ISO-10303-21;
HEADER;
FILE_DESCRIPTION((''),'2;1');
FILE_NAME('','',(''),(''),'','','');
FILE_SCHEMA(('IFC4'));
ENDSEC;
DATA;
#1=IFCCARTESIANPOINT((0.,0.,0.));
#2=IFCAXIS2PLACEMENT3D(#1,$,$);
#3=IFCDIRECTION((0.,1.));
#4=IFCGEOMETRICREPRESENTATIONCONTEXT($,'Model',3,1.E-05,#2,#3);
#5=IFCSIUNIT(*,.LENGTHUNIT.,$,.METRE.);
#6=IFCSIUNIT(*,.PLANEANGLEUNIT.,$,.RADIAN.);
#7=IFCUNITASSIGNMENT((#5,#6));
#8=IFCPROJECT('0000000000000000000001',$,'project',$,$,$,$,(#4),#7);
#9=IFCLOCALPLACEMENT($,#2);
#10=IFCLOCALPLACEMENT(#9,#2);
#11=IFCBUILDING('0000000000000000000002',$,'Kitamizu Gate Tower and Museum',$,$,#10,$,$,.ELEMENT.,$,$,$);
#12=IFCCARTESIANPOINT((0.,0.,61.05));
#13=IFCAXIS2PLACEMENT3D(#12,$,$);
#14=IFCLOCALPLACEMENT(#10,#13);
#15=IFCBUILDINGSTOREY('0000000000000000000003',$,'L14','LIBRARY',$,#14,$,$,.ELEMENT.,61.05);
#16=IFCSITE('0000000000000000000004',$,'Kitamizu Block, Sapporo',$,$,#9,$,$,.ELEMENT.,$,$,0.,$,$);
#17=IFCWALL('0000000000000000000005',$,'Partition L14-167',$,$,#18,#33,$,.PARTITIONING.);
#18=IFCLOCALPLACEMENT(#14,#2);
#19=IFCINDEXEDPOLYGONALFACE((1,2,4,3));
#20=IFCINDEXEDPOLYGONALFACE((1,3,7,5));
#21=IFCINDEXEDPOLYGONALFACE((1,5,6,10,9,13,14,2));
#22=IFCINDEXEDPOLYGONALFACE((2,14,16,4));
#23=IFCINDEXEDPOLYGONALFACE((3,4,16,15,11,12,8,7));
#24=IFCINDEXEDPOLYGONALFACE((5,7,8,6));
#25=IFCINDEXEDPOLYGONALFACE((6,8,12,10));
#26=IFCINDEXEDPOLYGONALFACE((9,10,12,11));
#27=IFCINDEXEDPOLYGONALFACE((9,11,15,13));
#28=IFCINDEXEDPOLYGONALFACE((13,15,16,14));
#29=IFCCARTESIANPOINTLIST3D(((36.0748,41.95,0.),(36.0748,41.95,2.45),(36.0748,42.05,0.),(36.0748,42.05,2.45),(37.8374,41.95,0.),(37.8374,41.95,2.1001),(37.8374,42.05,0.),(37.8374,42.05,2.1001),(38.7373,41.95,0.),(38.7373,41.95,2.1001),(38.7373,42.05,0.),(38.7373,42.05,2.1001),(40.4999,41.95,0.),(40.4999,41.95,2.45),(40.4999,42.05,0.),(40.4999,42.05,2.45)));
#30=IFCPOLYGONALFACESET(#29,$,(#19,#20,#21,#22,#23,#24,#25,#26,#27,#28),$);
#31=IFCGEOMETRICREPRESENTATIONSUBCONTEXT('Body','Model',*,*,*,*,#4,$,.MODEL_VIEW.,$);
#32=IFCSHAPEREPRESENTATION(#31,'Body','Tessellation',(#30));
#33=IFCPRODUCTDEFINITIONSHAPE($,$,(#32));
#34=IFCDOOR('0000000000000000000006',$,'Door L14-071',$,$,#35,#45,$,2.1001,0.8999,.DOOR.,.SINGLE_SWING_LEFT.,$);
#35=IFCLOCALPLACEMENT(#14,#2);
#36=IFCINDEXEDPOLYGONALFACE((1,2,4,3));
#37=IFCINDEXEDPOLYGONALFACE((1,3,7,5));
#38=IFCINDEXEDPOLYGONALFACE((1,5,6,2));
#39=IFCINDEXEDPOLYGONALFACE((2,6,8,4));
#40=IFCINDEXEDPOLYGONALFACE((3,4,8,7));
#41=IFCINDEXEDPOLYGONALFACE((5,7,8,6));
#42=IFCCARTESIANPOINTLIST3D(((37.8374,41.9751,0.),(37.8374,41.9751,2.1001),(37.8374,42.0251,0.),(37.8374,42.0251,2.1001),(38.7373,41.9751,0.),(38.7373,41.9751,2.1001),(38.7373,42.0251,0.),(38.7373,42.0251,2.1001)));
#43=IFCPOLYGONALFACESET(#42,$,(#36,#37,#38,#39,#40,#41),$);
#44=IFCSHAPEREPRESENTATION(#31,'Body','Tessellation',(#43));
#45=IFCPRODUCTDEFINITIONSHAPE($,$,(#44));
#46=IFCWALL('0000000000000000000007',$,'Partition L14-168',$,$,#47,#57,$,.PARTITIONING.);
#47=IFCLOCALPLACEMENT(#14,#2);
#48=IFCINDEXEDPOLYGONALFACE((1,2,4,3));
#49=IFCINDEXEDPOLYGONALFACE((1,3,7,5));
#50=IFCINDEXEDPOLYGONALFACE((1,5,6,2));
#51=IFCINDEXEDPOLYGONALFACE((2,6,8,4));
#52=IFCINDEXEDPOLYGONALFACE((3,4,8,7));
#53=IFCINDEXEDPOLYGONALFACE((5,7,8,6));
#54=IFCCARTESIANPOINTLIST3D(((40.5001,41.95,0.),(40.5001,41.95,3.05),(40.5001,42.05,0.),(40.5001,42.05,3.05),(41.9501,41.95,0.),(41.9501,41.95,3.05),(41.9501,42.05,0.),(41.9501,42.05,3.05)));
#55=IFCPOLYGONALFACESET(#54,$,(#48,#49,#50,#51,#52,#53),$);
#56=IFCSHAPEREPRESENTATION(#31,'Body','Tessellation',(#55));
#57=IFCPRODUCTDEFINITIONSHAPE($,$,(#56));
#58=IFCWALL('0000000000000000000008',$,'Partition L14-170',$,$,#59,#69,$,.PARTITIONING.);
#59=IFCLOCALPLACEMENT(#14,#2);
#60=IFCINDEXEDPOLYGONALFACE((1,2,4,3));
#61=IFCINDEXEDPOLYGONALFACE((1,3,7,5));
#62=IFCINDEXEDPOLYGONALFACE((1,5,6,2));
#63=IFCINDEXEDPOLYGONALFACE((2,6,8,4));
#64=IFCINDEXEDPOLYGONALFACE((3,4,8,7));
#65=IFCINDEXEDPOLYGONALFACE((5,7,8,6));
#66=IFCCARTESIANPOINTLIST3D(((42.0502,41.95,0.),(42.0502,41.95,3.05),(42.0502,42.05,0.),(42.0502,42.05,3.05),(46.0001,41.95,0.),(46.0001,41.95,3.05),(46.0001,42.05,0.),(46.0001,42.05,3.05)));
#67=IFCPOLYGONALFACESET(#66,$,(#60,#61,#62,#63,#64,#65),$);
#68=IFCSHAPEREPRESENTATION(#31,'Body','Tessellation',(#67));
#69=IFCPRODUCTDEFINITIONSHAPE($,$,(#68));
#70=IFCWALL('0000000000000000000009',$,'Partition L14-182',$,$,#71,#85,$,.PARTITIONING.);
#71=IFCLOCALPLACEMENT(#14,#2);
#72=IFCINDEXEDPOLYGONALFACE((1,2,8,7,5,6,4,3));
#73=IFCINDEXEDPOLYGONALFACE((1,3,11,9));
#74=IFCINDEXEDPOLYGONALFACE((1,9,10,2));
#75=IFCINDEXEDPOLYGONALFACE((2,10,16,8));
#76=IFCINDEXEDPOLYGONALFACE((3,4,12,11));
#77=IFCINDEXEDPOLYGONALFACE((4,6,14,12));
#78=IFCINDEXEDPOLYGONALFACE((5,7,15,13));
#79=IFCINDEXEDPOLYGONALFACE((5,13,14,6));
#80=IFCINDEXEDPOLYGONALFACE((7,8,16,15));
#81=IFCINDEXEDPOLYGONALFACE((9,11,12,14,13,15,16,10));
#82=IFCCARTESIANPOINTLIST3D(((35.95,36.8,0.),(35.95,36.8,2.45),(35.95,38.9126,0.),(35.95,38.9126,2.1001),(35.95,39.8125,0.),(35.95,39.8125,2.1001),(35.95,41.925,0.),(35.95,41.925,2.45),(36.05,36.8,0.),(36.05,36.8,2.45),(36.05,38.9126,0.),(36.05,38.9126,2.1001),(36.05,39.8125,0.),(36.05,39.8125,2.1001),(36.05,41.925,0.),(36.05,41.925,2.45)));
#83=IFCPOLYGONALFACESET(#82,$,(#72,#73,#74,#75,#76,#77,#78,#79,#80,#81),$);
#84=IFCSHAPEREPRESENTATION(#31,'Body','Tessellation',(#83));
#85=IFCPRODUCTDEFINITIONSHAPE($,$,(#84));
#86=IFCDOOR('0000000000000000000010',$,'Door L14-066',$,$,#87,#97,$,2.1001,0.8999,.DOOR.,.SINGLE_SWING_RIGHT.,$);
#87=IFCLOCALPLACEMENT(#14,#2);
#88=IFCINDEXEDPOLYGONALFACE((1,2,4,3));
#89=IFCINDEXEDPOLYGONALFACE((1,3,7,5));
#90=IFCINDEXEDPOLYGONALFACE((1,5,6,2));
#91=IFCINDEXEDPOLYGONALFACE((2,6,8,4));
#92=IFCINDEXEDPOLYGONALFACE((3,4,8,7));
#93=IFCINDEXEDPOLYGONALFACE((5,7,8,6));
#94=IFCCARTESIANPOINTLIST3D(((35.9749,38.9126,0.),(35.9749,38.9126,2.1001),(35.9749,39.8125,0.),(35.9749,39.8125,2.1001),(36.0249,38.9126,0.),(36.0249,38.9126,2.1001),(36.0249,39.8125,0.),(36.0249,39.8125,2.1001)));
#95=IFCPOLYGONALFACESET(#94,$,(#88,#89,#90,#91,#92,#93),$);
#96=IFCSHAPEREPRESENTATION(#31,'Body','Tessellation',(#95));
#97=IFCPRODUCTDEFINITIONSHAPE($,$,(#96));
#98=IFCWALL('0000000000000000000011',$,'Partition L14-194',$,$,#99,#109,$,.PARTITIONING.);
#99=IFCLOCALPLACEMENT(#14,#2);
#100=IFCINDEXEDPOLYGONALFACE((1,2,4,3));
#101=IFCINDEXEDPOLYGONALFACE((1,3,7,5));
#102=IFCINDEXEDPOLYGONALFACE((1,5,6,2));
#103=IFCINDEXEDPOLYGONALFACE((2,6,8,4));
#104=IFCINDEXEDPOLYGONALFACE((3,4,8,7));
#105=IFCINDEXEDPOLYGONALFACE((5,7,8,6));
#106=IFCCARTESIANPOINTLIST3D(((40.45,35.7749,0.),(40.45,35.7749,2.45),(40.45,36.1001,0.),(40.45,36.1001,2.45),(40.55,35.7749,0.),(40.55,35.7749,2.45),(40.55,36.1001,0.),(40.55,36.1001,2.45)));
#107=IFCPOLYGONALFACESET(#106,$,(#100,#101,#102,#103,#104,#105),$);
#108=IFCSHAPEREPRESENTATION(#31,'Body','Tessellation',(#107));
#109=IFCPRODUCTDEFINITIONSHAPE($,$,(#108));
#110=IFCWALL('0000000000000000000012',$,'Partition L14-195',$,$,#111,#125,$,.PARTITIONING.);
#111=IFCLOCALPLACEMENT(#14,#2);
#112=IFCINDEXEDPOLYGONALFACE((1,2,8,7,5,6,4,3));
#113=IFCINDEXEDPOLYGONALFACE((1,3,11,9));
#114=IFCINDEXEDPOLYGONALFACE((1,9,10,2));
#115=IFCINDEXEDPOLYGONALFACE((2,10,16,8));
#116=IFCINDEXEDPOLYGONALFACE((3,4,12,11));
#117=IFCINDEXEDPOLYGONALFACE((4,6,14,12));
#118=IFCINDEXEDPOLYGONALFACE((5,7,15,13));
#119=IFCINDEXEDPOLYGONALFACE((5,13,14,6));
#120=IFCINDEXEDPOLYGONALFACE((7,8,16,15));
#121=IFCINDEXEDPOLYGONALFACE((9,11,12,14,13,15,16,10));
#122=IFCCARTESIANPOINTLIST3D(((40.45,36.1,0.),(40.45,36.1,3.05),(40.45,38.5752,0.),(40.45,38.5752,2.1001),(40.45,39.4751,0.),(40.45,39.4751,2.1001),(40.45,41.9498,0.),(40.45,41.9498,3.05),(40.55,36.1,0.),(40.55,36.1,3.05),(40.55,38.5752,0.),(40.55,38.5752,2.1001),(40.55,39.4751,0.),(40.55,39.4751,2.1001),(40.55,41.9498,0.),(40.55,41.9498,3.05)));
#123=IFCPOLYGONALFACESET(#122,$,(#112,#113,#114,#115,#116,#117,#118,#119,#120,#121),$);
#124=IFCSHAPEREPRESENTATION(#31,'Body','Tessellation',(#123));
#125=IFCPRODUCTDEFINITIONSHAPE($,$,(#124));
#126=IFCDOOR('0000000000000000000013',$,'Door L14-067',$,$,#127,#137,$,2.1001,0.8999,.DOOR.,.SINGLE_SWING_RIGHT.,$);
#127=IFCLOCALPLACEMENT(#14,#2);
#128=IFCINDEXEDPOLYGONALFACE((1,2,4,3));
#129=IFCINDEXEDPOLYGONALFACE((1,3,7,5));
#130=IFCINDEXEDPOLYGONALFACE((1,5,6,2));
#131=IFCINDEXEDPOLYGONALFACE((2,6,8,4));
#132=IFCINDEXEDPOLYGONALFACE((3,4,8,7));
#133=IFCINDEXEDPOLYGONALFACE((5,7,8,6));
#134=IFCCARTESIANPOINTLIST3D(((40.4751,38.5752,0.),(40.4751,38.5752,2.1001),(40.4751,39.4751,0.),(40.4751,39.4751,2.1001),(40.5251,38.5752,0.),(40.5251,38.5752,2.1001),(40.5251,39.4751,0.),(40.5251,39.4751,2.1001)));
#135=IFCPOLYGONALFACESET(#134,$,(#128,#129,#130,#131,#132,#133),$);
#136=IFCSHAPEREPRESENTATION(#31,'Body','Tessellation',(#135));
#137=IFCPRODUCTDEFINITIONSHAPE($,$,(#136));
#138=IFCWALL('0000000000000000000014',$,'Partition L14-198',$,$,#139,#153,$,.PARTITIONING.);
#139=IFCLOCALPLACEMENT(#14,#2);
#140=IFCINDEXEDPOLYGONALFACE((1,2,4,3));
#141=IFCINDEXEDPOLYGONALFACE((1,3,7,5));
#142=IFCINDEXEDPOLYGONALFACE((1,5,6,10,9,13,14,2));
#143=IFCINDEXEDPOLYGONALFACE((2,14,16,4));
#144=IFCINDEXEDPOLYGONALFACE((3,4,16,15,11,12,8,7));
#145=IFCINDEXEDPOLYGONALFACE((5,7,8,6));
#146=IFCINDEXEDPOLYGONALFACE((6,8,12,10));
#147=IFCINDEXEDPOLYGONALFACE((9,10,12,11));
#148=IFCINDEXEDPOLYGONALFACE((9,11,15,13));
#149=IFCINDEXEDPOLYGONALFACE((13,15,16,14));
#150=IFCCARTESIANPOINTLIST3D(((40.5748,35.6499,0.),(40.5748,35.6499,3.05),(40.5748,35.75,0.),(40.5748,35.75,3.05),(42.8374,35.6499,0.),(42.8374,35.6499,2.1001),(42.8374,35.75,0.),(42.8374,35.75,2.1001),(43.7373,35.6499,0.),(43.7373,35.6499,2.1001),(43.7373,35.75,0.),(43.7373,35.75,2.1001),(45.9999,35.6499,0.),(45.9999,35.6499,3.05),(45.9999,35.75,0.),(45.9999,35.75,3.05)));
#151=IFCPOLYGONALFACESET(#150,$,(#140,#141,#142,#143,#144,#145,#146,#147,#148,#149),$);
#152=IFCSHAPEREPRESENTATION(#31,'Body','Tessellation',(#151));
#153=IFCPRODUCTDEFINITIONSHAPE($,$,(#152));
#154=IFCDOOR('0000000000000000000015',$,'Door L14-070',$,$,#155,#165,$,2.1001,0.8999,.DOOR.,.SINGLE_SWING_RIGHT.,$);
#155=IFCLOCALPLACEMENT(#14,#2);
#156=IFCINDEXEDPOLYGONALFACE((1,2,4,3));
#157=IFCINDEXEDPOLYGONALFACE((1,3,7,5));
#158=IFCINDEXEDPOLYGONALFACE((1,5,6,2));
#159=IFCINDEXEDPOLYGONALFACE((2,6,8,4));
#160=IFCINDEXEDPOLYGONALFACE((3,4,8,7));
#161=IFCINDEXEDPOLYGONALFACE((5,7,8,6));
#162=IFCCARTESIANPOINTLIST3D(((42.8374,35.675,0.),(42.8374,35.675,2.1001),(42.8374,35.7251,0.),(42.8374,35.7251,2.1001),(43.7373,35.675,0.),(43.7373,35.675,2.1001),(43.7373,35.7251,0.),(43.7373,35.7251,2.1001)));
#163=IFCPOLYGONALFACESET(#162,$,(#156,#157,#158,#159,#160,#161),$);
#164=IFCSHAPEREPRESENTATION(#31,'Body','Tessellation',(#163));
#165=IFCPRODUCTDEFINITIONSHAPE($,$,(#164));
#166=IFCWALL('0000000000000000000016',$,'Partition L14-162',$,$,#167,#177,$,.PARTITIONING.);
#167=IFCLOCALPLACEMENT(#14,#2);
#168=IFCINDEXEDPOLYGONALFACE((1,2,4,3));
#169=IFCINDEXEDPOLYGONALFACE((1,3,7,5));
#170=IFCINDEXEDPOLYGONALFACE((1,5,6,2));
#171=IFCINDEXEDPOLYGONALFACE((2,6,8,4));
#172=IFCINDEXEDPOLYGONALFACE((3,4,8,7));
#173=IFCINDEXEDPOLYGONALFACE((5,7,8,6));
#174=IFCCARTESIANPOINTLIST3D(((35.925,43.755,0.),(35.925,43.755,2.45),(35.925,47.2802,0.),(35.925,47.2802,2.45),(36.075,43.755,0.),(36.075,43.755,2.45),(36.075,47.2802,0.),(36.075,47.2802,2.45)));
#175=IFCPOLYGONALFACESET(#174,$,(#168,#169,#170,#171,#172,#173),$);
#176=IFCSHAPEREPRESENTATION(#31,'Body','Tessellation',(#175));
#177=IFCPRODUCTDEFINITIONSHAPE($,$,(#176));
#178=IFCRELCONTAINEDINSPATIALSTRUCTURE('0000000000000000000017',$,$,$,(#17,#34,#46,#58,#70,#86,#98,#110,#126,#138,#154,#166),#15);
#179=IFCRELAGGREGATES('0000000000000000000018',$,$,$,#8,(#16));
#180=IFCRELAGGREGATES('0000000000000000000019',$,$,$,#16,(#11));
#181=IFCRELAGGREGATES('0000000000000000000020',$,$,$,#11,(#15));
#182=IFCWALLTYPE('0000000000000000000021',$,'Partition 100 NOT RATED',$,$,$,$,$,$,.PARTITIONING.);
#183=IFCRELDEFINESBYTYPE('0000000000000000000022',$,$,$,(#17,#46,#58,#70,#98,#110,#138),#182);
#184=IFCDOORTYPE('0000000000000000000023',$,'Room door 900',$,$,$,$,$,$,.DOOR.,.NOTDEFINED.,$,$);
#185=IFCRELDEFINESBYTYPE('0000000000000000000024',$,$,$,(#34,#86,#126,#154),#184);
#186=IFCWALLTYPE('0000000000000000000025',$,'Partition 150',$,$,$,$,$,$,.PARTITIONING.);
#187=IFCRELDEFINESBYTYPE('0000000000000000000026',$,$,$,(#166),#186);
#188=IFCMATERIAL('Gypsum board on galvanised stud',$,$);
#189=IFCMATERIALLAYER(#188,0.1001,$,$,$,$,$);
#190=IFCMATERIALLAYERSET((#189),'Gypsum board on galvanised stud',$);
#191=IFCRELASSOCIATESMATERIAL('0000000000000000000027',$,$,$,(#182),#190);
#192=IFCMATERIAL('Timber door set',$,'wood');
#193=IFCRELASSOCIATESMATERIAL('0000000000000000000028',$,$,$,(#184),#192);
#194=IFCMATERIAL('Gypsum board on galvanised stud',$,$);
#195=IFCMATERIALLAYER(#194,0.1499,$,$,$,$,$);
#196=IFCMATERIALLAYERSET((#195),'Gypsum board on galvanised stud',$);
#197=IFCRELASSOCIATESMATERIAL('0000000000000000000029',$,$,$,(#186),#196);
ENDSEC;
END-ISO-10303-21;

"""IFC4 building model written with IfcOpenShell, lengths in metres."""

from ifc_helpers import new_model, si_unit, direction, frame, frame_2d, origin, place, context, subcontext, project, spatial, rectangle, extrude, material, layer, layer_set, type_object, element, fill, save


model = new_model("IFC4")

# Units and contexts
model_context = context("Model", 3, precision=1e-05, world=origin(), true_north=direction((0.0, 1.0)))
body_context = subcontext(model_context, "Body", "Model", "MODEL_VIEW")
ifc_project = project(units=[si_unit("LENGTHUNIT", "METRE"), si_unit("PLANEANGLEUNIT", "RADIAN")], contexts=[model_context])

# Site, building, storey
site_placement = place(None, origin())
site = spatial("IfcSite", under=ifc_project, at=site_placement, Name="Kitamizu Block, Sapporo", CompositionType="ELEMENT", RefElevation=0.0)
building_placement = place(site_placement, origin())
building = spatial("IfcBuilding", under=site, at=building_placement, Name="Kitamizu Gate Tower and Museum", CompositionType="ELEMENT")
storey_placement = place(building_placement, frame((0.0, 0.0, 61.05)))
storey = spatial("IfcBuildingStorey", under=building, at=storey_placement, Name="L14", Description="LIBRARY", CompositionType="ELEMENT", Elevation=61.05)

# Wall, opening, door
ifc_material_1 = material(Name="Gypsum board on galvanised stud")
ifc_layer_1 = layer(ifc_material_1, 0.1001)
ifc_layer_set_1 = layer_set([ifc_layer_1], Name="Gypsum board on galvanised stud")
wall_type_1 = type_object("IfcWallType", Name="Partition 100 NOT RATED", PredefinedType="PARTITIONING", material=ifc_layer_set_1)
ifc_material_2 = material(Name="Timber door set", Category="wood")
door_type_1 = type_object("IfcDoorType", Name="Room door 900", OperationType="NOTDEFINED", PredefinedType="DOOR", material=ifc_material_2)
wall_1_placement = place(storey_placement, frame((36.075, 42.0, 0.0), z_axis=(0.0, 0.0, 1.0), x_axis=(1.0, 0.0, 0.0)))
wall_1 = element("IfcWall", 1, at=wall_1_placement, inside=storey, type_object=wall_type_1, Name="Partition L14-167", PredefinedType="PARTITIONING", context=body_context, shape_type="SweptSolid", body=[
    extrude(rectangle(XDim=4.425, YDim=0.1001, at=frame_2d((2.2124, 0.0))), origin(), (0.0, 0.0, 1.0), 2.45),
])
opening_1_placement = place(wall_1_placement, frame((1.7625, 0.0, 0.0)))
opening_1 = element("IfcOpeningElement", 2, at=opening_1_placement, cuts=wall_1, PredefinedType="OPENING", context=body_context, shape_type="SweptSolid", body=[
    extrude(rectangle(XDim=0.8999, YDim=2.1001, at=frame_2d((0.45, 1.05))), frame((0.0, 0.0601, 0.0), z_axis=(0.0, -1.0, 0.0), x_axis=(1.0, 0.0, 0.0)), (0.0, 0.0, 1.0), 0.1201),
])
door_1_placement = place(opening_1_placement, frame((0.8999, 0.0, 0.0), x_axis=(-1.0, 0.0, 0.0)))
door_1 = element("IfcDoor", 3, at=door_1_placement, inside=storey, type_object=door_type_1, Name="Door L14-071", OperationType="SINGLE_SWING_LEFT", OverallHeight=2.1001, OverallWidth=0.8999, PredefinedType="DOOR", context=body_context, shape_type="SweptSolid", body=[
    extrude(rectangle(XDim=0.8999, YDim=2.1001, at=frame_2d((0.45, 1.05))), frame((0.0, 0.0249, 0.0), z_axis=(0.0, -1.0, 0.0), x_axis=(1.0, 0.0, 0.0)), (0.0, 0.0, 1.0), 0.05),
])
fill(opening_1, door_1)

# Walls
wall_2_placement = place(storey_placement, frame((40.5, 42.0, 0.0), z_axis=(0.0, 0.0, 1.0), x_axis=(1.0, 0.0, 0.0)))
element("IfcWall", 4, at=wall_2_placement, inside=storey, type_object=wall_type_1, Name="Partition L14-168", PredefinedType="PARTITIONING", context=body_context, shape_type="SweptSolid", body=[
    extrude(rectangle(XDim=1.45, YDim=0.1001, at=frame_2d((0.7251, 0.0))), origin(), (0.0, 0.0, 1.0), 3.05),
])
wall_3_placement = place(storey_placement, frame((42.05, 42.0, 0.0), z_axis=(0.0, 0.0, 1.0), x_axis=(1.0, 0.0, 0.0)))
element("IfcWall", 5, at=wall_3_placement, inside=storey, type_object=wall_type_1, Name="Partition L14-170", PredefinedType="PARTITIONING", context=body_context, shape_type="SweptSolid", body=[
    extrude(rectangle(XDim=3.95, YDim=0.1001, at=frame_2d((1.9751, 0.0))), origin(), (0.0, 0.0, 1.0), 3.05),
])

# Wall, opening, door
wall_4_placement = place(storey_placement, frame((36.0, 36.8, 0.0), z_axis=(0.0, 0.0, 1.0), x_axis=(0.0, 1.0, 0.0)))
wall_4 = element("IfcWall", 6, at=wall_4_placement, inside=storey, type_object=wall_type_1, Name="Partition L14-182", PredefinedType="PARTITIONING", context=body_context, shape_type="SweptSolid", body=[
    extrude(rectangle(XDim=5.125, YDim=0.1001, at=frame_2d((2.5625, 0.0))), origin(), (0.0, 0.0, 1.0), 2.45),
])
opening_2_placement = place(wall_4_placement, frame((2.1125, 0.0, 0.0)))
opening_2 = element("IfcOpeningElement", 7, at=opening_2_placement, cuts=wall_4, PredefinedType="OPENING", context=body_context, shape_type="SweptSolid", body=[
    extrude(rectangle(XDim=0.8999, YDim=2.1001, at=frame_2d((0.45, 1.05))), frame((0.0, 0.0601, 0.0), z_axis=(0.0, -1.0, 0.0), x_axis=(1.0, 0.0, 0.0)), (0.0, 0.0, 1.0), 0.1201),
])
door_2_placement = place(opening_2_placement, frame((0.8999, 0.0, 0.0), x_axis=(-1.0, 0.0, 0.0)))
door_2 = element("IfcDoor", 8, at=door_2_placement, inside=storey, type_object=door_type_1, Name="Door L14-066", OperationType="SINGLE_SWING_RIGHT", OverallHeight=2.1001, OverallWidth=0.8999, PredefinedType="DOOR", context=body_context, shape_type="SweptSolid", body=[
    extrude(rectangle(XDim=0.8999, YDim=2.1001, at=frame_2d((0.45, 1.05))), frame((0.0, 0.0249, 0.0), z_axis=(0.0, -1.0, 0.0), x_axis=(1.0, 0.0, 0.0)), (0.0, 0.0, 1.0), 0.05),
])
fill(opening_2, door_2)

# Wall
wall_5_placement = place(storey_placement, frame((40.5, 35.7749, 0.0), z_axis=(0.0, 0.0, 1.0), x_axis=(0.0, 1.0, 0.0)))
element("IfcWall", 9, at=wall_5_placement, inside=storey, type_object=wall_type_1, Name="Partition L14-194", PredefinedType="PARTITIONING", context=body_context, shape_type="SweptSolid", body=[
    extrude(rectangle(XDim=0.3252, YDim=0.1001, at=frame_2d((0.1626, 0.0))), origin(), (0.0, 0.0, 1.0), 2.45),
])

# Walls, openings, doors
wall_6_placement = place(storey_placement, frame((40.5, 36.1001, 0.0), z_axis=(0.0, 0.0, 1.0), x_axis=(0.0, 1.0, 0.0)))
wall_6 = element("IfcWall", 10, at=wall_6_placement, inside=storey, type_object=wall_type_1, Name="Partition L14-195", PredefinedType="PARTITIONING", context=body_context, shape_type="SweptSolid", body=[
    extrude(rectangle(XDim=5.8499, YDim=0.1001, at=frame_2d((2.9248, 0.0))), origin(), (0.0, 0.0, 1.0), 3.05),
])
opening_3_placement = place(wall_6_placement, frame((2.4751, 0.0, 0.0)))
opening_3 = element("IfcOpeningElement", 11, at=opening_3_placement, cuts=wall_6, PredefinedType="OPENING", context=body_context, shape_type="SweptSolid", body=[
    extrude(rectangle(XDim=0.8999, YDim=2.1001, at=frame_2d((0.45, 1.05))), frame((0.0, 0.0601, 0.0), z_axis=(0.0, -1.0, 0.0), x_axis=(1.0, 0.0, 0.0)), (0.0, 0.0, 1.0), 0.1201),
])
door_3_placement = place(opening_3_placement, origin())
door_3 = element("IfcDoor", 12, at=door_3_placement, inside=storey, type_object=door_type_1, Name="Door L14-067", OperationType="SINGLE_SWING_RIGHT", OverallHeight=2.1001, OverallWidth=0.8999, PredefinedType="DOOR", context=body_context, shape_type="SweptSolid", body=[
    extrude(rectangle(XDim=0.8999, YDim=2.1001, at=frame_2d((0.45, 1.05))), frame((0.0, 0.0249, 0.0), z_axis=(0.0, -1.0, 0.0), x_axis=(1.0, 0.0, 0.0)), (0.0, 0.0, 1.0), 0.05),
])
fill(opening_3, door_3)
wall_7_placement = place(storey_placement, frame((40.575, 35.7, 0.0), z_axis=(0.0, 0.0, 1.0), x_axis=(1.0, 0.0, 0.0)))
wall_7 = element("IfcWall", 13, at=wall_7_placement, inside=storey, type_object=wall_type_1, Name="Partition L14-198", PredefinedType="PARTITIONING", context=body_context, shape_type="SweptSolid", body=[
    extrude(rectangle(XDim=5.425, YDim=0.1001, at=frame_2d((2.7124, 0.0))), origin(), (0.0, 0.0, 1.0), 3.05),
])
opening_4_placement = place(wall_7_placement, frame((2.2625, 0.0, 0.0)))
opening_4 = element("IfcOpeningElement", 14, at=opening_4_placement, cuts=wall_7, PredefinedType="OPENING", context=body_context, shape_type="SweptSolid", body=[
    extrude(rectangle(XDim=0.8999, YDim=2.1001, at=frame_2d((0.45, 1.05))), frame((0.0, 0.0601, 0.0), z_axis=(0.0, -1.0, 0.0), x_axis=(1.0, 0.0, 0.0)), (0.0, 0.0, 1.0), 0.1201),
])
door_4_placement = place(opening_4_placement, frame((0.8999, 0.0, 0.0), x_axis=(-1.0, 0.0, 0.0)))
door_4 = element("IfcDoor", 15, at=door_4_placement, inside=storey, type_object=door_type_1, Name="Door L14-070", OperationType="SINGLE_SWING_RIGHT", OverallHeight=2.1001, OverallWidth=0.8999, PredefinedType="DOOR", context=body_context, shape_type="SweptSolid", body=[
    extrude(rectangle(XDim=0.8999, YDim=2.1001, at=frame_2d((0.45, 1.05))), frame((0.0, 0.0249, 0.0), z_axis=(0.0, -1.0, 0.0), x_axis=(1.0, 0.0, 0.0)), (0.0, 0.0, 1.0), 0.05),
])
fill(opening_4, door_4)

# Wall
ifc_material_3 = material(Name="Gypsum board on galvanised stud")
ifc_layer_2 = layer(ifc_material_3, 0.1499)
ifc_layer_set_2 = layer_set([ifc_layer_2], Name="Gypsum board on galvanised stud")
wall_type_2 = type_object("IfcWallType", Name="Partition 150", PredefinedType="PARTITIONING", material=ifc_layer_set_2)
wall_8_placement = place(storey_placement, frame((36.0, 43.7549, 0.0), z_axis=(0.0, 0.0, 1.0), x_axis=(0.0, 1.0, 0.0)))
element("IfcWall", 16, at=wall_8_placement, inside=storey, type_object=wall_type_2, Name="Partition L14-162", PredefinedType="PARTITIONING", context=body_context, shape_type="SweptSolid", body=[
    extrude(rectangle(XDim=3.5251, YDim=0.1499, at=frame_2d((1.7627, 0.0))), origin(), (0.0, 0.0, 1.0), 2.45),
])

save(model, "model.ifc")
